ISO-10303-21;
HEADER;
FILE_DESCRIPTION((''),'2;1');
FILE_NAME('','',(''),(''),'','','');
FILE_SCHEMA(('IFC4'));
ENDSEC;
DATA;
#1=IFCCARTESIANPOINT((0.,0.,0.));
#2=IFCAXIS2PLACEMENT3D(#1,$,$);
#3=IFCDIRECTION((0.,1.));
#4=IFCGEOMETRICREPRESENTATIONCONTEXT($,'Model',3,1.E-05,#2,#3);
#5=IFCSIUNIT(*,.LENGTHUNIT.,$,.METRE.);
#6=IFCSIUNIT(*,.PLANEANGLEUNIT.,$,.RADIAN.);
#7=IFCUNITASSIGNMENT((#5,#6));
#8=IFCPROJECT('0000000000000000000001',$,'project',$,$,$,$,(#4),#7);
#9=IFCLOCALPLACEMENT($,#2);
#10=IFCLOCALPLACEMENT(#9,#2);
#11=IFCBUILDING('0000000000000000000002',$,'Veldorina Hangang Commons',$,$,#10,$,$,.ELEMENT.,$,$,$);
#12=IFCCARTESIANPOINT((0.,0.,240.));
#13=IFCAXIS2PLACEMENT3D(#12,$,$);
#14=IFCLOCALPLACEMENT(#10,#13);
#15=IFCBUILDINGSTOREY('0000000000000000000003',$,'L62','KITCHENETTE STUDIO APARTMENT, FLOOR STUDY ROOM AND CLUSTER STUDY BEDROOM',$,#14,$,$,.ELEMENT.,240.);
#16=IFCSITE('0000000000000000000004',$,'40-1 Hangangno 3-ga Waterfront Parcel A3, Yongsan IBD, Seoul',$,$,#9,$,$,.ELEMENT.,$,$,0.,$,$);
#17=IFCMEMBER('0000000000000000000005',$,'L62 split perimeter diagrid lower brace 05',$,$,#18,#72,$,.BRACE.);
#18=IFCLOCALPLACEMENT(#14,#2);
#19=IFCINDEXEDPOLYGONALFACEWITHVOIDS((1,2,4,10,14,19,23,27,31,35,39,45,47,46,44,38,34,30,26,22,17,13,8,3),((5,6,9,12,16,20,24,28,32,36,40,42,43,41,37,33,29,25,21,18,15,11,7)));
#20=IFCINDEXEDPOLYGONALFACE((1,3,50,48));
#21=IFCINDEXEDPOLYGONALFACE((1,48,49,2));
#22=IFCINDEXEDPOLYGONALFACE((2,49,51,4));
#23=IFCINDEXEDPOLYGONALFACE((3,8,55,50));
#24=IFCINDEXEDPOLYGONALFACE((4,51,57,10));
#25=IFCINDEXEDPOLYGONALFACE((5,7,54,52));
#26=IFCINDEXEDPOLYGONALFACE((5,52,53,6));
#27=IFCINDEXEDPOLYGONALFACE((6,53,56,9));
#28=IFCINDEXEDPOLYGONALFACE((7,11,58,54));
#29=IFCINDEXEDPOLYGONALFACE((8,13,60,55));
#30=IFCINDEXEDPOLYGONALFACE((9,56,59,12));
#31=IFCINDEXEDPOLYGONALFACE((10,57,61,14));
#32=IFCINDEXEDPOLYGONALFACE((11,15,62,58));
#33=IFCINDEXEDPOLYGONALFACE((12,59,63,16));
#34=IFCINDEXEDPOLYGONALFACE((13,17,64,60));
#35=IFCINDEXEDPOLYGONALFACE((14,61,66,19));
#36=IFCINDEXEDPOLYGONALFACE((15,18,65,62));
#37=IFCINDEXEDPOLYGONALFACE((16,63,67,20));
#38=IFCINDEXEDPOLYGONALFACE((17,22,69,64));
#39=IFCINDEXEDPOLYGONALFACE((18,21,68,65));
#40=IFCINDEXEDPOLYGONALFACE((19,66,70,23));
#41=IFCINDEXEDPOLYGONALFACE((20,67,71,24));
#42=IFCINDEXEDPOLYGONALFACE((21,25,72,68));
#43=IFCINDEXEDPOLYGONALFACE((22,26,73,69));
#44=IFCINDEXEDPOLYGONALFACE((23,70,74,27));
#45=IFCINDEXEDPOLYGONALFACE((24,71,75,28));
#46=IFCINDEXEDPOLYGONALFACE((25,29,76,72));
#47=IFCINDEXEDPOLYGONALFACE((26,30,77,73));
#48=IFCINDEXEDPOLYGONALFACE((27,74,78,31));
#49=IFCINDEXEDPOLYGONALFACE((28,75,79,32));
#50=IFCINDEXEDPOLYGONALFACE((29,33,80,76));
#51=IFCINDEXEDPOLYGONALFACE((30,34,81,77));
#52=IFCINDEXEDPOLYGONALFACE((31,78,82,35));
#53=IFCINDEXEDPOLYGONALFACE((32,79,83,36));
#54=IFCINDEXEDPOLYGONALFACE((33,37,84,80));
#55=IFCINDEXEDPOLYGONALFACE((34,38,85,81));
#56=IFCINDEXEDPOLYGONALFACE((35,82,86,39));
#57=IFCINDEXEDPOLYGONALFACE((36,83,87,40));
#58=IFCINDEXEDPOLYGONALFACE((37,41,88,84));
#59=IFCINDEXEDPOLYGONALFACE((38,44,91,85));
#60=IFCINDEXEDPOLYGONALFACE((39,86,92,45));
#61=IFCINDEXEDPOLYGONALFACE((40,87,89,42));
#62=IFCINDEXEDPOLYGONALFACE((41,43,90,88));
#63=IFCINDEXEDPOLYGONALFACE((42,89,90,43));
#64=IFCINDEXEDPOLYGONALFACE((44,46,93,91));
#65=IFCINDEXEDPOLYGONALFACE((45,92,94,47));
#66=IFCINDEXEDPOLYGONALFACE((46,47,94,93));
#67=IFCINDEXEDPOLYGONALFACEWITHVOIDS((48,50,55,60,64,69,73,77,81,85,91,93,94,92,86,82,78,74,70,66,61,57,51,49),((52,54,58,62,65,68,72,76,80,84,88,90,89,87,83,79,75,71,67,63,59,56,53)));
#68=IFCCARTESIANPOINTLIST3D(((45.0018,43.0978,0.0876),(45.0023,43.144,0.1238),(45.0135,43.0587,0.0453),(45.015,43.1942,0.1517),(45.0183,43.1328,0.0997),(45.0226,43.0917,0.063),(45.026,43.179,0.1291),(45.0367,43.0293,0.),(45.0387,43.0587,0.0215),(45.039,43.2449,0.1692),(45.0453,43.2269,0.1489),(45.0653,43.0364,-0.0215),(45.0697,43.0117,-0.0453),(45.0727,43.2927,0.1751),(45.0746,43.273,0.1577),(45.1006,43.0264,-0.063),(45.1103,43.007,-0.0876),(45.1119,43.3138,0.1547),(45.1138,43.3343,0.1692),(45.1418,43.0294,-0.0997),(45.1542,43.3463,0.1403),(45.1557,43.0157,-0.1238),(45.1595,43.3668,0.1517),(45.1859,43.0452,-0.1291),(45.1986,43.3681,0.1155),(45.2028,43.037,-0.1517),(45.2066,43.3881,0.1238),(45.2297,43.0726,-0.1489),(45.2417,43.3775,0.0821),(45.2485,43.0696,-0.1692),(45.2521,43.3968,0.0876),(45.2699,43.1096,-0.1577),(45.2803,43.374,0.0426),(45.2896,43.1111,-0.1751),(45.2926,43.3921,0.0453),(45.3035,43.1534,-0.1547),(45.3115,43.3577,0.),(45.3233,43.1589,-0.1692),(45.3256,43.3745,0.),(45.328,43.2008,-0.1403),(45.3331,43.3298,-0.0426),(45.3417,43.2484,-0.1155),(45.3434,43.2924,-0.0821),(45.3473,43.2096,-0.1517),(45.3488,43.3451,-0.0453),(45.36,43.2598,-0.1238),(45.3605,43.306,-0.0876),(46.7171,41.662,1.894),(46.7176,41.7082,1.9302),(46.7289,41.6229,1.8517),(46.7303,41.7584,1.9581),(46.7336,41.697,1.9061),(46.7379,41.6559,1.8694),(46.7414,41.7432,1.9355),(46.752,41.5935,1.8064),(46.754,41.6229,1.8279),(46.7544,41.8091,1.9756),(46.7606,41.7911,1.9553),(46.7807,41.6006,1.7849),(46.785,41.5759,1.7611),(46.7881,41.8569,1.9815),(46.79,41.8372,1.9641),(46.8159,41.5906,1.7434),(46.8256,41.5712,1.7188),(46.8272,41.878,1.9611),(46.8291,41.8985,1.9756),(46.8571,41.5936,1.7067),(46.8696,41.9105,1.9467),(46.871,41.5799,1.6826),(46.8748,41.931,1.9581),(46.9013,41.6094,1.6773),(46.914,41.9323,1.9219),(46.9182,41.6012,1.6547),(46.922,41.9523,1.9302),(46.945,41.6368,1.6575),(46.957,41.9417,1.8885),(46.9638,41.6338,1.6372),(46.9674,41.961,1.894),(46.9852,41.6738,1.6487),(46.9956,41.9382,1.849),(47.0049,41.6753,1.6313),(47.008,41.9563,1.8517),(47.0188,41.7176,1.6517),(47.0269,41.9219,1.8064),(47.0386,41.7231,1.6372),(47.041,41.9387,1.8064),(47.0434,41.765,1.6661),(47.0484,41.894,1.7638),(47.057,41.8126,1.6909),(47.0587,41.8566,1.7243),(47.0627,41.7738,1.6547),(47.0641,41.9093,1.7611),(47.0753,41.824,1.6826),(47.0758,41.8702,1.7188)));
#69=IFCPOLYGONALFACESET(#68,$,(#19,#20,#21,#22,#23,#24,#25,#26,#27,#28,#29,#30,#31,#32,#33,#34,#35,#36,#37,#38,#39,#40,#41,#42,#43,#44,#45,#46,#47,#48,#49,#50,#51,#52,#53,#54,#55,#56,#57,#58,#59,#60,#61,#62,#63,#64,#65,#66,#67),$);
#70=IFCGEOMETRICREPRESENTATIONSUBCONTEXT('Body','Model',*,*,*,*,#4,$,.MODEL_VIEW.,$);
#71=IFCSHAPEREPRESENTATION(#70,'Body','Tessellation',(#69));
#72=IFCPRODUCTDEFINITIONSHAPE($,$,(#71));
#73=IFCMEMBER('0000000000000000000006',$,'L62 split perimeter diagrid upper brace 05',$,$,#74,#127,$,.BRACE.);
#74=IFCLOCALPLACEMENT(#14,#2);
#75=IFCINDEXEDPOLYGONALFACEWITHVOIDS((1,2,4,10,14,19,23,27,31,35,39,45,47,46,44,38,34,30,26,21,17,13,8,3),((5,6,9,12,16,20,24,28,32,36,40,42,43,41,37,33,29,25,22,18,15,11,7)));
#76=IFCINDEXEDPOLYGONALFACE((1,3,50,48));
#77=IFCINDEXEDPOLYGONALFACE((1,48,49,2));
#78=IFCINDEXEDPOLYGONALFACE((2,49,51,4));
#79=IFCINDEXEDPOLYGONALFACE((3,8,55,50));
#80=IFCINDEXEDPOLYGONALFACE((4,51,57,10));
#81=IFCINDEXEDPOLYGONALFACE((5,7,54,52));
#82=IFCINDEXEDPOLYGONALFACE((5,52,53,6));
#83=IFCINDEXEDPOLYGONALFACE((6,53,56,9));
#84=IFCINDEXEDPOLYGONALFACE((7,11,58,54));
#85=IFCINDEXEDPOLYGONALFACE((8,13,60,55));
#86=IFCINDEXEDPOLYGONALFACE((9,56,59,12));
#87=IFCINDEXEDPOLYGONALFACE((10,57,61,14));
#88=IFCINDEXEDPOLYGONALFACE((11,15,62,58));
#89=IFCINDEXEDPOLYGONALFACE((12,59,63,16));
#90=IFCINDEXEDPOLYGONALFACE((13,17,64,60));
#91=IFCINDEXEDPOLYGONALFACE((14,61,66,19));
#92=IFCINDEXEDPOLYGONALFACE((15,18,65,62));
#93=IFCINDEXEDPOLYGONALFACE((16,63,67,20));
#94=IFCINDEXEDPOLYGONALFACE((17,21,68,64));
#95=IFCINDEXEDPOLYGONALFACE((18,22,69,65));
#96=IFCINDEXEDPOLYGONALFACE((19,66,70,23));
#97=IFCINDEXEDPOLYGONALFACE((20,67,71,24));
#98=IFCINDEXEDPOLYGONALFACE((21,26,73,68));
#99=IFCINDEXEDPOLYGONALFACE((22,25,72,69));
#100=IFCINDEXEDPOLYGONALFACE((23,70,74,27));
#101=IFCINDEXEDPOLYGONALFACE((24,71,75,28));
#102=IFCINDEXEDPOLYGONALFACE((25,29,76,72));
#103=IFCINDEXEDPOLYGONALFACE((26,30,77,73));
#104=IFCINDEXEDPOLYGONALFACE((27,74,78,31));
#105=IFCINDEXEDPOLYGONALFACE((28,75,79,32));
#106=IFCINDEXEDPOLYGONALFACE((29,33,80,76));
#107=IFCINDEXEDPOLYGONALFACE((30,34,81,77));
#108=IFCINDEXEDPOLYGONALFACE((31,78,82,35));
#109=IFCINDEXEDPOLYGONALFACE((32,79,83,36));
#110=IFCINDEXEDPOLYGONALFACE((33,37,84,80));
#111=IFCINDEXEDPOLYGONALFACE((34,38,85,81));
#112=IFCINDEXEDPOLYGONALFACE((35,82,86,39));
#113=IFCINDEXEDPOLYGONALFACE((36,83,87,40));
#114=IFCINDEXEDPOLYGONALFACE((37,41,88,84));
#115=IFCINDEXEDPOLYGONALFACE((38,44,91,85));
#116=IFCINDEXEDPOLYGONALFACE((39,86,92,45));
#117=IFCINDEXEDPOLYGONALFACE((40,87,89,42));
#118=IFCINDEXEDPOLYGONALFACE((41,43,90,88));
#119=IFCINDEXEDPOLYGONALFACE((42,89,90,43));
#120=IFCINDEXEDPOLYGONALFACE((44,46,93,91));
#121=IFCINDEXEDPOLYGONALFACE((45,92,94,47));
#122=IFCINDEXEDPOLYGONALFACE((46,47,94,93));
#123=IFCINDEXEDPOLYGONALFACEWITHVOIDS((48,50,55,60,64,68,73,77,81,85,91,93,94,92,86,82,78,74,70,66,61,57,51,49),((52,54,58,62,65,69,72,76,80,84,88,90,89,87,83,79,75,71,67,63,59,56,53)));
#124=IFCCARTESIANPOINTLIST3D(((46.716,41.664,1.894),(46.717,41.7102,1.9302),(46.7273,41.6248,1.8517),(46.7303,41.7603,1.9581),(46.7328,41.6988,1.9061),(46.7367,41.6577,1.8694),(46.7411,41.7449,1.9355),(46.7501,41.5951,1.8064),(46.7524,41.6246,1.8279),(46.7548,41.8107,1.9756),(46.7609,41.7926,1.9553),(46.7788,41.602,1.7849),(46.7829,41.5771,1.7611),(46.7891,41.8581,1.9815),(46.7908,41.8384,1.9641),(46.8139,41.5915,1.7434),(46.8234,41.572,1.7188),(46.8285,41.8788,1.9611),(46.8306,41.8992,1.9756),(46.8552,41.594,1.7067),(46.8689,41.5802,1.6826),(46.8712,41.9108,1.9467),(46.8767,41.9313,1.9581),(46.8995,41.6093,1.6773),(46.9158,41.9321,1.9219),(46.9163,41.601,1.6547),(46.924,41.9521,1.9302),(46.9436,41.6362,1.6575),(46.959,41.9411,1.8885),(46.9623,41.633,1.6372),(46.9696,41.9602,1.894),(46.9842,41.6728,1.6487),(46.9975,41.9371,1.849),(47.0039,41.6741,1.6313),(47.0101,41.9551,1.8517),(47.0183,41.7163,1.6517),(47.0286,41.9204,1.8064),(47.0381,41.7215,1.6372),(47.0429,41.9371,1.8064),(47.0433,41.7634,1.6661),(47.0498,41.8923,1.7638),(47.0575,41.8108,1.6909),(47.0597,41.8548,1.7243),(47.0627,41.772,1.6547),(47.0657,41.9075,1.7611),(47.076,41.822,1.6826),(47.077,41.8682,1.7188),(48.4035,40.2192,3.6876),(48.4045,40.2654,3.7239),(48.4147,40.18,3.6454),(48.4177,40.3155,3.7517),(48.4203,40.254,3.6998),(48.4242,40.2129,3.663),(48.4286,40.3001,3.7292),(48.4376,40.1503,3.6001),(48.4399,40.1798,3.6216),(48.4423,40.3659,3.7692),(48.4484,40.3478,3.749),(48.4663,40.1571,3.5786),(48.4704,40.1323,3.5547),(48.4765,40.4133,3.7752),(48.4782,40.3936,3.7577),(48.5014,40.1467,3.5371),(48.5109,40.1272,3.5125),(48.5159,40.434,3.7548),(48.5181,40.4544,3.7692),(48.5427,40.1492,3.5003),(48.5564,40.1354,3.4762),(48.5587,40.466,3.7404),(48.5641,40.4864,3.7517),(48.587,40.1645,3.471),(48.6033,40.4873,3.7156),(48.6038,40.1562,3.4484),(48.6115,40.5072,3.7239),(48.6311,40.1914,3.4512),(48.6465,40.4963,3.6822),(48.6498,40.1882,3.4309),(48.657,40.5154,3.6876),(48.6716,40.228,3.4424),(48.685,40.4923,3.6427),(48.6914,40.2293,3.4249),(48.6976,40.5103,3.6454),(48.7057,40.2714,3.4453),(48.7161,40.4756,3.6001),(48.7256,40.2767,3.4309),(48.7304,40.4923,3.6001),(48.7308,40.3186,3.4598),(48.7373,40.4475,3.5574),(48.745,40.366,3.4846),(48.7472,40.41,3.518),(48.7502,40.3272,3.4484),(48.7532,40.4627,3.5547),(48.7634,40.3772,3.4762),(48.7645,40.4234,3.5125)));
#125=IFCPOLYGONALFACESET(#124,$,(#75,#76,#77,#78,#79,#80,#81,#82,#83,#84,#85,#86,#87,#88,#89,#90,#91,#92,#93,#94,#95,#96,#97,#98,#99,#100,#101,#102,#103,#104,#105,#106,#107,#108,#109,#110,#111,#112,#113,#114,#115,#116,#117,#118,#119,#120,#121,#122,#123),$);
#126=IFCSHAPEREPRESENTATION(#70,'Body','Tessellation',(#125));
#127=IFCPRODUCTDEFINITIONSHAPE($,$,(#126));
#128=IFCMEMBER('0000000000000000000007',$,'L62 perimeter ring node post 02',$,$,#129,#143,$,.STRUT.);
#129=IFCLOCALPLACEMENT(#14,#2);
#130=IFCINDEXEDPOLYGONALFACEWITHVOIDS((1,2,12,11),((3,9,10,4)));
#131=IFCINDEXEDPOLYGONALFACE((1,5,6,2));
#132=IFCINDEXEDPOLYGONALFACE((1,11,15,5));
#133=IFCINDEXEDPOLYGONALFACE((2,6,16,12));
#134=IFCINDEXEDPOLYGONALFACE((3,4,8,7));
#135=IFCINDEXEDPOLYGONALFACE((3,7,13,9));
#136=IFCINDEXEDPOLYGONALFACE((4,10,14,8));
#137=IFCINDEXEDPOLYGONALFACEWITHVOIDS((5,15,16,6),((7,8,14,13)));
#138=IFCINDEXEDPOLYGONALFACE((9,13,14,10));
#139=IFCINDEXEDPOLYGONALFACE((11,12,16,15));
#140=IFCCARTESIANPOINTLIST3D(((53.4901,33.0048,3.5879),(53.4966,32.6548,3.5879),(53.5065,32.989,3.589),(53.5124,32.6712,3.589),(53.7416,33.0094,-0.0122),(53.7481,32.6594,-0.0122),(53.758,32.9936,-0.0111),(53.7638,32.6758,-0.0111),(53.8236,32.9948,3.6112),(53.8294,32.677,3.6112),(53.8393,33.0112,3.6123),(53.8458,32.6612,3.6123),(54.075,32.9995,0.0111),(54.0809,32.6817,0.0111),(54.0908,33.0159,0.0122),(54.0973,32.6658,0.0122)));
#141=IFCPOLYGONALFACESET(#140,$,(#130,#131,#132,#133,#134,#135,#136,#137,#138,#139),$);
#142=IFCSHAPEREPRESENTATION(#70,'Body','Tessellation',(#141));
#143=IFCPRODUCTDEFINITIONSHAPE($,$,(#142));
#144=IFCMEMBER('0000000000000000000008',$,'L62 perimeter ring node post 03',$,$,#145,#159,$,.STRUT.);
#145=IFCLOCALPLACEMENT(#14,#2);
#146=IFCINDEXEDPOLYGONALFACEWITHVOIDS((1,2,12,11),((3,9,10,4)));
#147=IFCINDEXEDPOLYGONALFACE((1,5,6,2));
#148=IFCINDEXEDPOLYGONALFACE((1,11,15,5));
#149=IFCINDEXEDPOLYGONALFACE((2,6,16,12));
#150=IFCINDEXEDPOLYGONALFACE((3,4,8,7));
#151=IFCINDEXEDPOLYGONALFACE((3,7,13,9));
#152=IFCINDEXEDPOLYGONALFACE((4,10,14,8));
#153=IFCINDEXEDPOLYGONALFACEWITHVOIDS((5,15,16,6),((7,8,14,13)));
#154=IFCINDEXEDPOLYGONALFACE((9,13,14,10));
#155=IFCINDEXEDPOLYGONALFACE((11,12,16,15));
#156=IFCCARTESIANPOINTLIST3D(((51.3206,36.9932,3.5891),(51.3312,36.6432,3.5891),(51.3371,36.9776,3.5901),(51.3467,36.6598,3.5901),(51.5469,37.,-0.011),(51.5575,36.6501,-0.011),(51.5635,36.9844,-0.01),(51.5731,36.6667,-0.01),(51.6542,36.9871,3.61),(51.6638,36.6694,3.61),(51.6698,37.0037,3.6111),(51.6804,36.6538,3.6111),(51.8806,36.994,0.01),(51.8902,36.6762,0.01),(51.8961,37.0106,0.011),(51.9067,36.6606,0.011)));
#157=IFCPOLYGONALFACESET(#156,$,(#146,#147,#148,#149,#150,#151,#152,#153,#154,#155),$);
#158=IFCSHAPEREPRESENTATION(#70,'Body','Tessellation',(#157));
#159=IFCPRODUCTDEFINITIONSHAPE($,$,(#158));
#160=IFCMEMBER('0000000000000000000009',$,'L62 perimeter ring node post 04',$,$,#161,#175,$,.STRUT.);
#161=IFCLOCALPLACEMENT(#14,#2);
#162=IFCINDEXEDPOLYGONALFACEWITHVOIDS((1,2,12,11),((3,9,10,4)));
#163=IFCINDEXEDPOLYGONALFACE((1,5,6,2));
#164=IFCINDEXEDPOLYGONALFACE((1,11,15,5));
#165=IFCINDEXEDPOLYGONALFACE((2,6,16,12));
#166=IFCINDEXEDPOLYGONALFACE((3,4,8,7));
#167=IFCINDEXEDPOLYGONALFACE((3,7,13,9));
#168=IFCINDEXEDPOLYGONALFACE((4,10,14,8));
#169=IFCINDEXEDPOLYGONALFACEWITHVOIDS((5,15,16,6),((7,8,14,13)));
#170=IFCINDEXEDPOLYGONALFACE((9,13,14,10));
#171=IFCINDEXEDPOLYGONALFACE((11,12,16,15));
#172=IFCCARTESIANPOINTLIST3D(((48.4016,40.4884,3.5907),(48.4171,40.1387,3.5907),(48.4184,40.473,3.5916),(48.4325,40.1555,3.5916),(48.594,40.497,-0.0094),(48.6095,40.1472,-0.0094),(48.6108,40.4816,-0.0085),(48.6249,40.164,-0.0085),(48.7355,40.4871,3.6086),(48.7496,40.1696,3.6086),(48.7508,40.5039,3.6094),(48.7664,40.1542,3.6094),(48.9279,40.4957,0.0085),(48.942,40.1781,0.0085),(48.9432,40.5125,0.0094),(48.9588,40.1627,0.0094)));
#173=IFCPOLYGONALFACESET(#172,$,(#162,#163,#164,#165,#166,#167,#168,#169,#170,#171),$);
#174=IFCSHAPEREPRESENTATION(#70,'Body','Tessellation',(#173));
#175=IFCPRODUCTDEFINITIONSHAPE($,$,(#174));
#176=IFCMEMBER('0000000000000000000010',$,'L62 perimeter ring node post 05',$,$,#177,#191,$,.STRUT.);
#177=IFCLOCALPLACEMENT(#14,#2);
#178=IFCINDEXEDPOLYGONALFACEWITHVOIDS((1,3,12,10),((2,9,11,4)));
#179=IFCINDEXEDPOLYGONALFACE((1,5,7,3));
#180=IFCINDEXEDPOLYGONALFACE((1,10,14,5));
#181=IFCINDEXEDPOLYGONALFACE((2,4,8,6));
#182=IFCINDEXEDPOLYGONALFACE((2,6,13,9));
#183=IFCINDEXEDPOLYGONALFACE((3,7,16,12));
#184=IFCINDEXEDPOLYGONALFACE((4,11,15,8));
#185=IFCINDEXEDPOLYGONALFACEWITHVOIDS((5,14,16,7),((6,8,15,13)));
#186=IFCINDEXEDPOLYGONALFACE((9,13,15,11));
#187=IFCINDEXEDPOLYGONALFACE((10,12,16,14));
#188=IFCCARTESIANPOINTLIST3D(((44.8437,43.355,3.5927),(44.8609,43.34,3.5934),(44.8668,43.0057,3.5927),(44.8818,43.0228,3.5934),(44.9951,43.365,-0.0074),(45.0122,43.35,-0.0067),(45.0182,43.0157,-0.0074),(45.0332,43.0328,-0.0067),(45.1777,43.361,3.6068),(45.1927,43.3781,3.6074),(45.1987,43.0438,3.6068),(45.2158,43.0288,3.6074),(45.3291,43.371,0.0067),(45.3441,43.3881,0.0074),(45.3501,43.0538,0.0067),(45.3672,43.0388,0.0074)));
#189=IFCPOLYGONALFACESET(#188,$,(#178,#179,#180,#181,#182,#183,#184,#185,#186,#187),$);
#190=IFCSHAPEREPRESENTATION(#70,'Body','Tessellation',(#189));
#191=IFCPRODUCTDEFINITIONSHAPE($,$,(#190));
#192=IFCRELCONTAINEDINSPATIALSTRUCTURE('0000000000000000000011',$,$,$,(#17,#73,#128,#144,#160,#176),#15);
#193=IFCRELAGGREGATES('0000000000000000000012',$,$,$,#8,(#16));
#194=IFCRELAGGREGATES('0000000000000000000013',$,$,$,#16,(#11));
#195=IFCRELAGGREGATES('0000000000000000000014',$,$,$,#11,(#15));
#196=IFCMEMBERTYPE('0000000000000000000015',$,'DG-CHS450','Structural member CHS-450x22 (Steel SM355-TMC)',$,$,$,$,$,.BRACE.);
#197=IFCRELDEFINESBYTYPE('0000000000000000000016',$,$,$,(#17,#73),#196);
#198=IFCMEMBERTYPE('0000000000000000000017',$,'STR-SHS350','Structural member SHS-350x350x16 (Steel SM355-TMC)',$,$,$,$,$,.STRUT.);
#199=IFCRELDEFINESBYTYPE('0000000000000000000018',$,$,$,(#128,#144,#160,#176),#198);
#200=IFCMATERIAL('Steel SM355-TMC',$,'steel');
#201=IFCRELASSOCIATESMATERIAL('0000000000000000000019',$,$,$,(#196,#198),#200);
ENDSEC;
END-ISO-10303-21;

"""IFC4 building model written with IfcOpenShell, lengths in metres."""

from ifc_helpers import new_model, si_unit, direction, frame, origin, origin_2d, place, context, subcontext, project, spatial, hollow_rectangle, hollow_circle, extrude, material, material_profile, profile_set, type_object, element, save


model = new_model("IFC4")

# Units and contexts
model_context = context("Model", 3, precision=1e-05, world=origin(), true_north=direction((0.0, 1.0)))
body_context = subcontext(model_context, "Body", "Model", "MODEL_VIEW")
ifc_project = project(units=[si_unit("LENGTHUNIT", "METRE"), si_unit("PLANEANGLEUNIT", "RADIAN")], contexts=[model_context])

# Site, building, storey
site_placement = place(None, origin())
site = spatial("IfcSite", under=ifc_project, at=site_placement, Name="40-1 Hangangno 3-ga Waterfront Parcel A3, Yongsan IBD, Seoul", CompositionType="ELEMENT", RefElevation=0.0)
building_placement = place(site_placement, origin())
building = spatial("IfcBuilding", under=site, at=building_placement, Name="Veldorina Hangang Commons", CompositionType="ELEMENT")
storey_placement = place(building_placement, frame((0.0, 0.0, 240.0)))
storey = spatial("IfcBuildingStorey", under=building, at=storey_placement, Name="L62", Description="KITCHENETTE STUDIO APARTMENT, FLOOR STUDY ROOM AND CLUSTER STUDY BEDROOM", CompositionType="ELEMENT", Elevation=240.0)

# Shared definitions
ifc_material_1 = material(Name="Steel SM355-TMC", Category="steel")

# Members
ifc_material_profile_1 = material_profile(ifc_material_1, hollow_circle(Radius=0.2251, WallThickness=0.022, at=origin_2d()), Name="CHS-450x22")
ifc_profile_set_1 = profile_set([ifc_material_profile_1], Name="Steel SM355-TMC")
member_type_1 = type_object("IfcMemberType", Name="DG-CHS450", Description="Structural member CHS-450x22 (Steel SM355-TMC)", PredefinedType="BRACE", material=ifc_profile_set_1)
member_1_placement = place(storey_placement, frame((45.1812, 43.2019, 0.0), z_axis=(0.59659, -0.499366, 0.628262), x_axis=(0.641858, 0.766824, 0.0)))
element("IfcMember", 1, at=member_1_placement, inside=storey, type_object=member_type_1, Name="L62 split perimeter diagrid lower brace 05", PredefinedType="BRACE", context=body_context, shape_type="SweptSolid", body=[
    extrude(hollow_circle(Radius=0.2251, WallThickness=0.022, at=origin_2d()), origin(), (0.0, 0.0, 1.0), 2.8752),
])
member_2_placement = place(storey_placement, frame((46.8965, 41.7661, 1.8064), z_axis=(0.591013, -0.506021, 0.628208), x_axis=(0.650375, 0.759613, 0.0)))
element("IfcMember", 2, at=member_2_placement, inside=storey, type_object=member_type_1, Name="L62 split perimeter diagrid upper brace 05", PredefinedType="BRACE", context=body_context, shape_type="SweptSolid", body=[
    extrude(hollow_circle(Radius=0.2251, WallThickness=0.022, at=origin_2d()), origin(), (0.0, 0.0, 1.0), 2.8552),
])
ifc_material_profile_2 = material_profile(ifc_material_1, hollow_rectangle(XDim=0.3501, YDim=0.3501, WallThickness=0.0161, at=origin_2d()), Name="SHS-350x350x16")
ifc_profile_set_2 = profile_set([ifc_material_profile_2], Name="Steel SM355-TMC")
member_type_2 = type_object("IfcMemberType", Name="STR-SHS350", Description="Structural member SHS-350x350x16 (Steel SM355-TMC)", PredefinedType="STRUT", material=ifc_profile_set_2)
member_3_placement = place(storey_placement, frame((53.9194, 32.8376, 0.0), z_axis=(-0.06968, -0.001285, 0.997569), x_axis=(0.018443, -0.99983, 0.0)))
element("IfcMember", 3, at=member_3_placement, inside=storey, type_object=member_type_2, Name="L62 perimeter ring node post 02", PredefinedType="STRUT", context=body_context, shape_type="SweptSolid", body=[
    extrude(hollow_rectangle(XDim=0.3501, YDim=0.3501, WallThickness=0.0161, at=origin_2d()), origin(), (0.0, 0.0, 1.0), 3.6089),
])
member_4_placement = place(storey_placement, frame((51.7268, 36.8303, 0.0), z_axis=(-0.062741, -0.001895, 0.998028), x_axis=(0.030191, -0.999544, 0.0)))
element("IfcMember", 4, at=member_4_placement, inside=storey, type_object=member_type_2, Name="L62 perimeter ring node post 03", PredefinedType="STRUT", context=body_context, shape_type="SweptSolid", body=[
    extrude(hollow_rectangle(XDim=0.3501, YDim=0.3501, WallThickness=0.0161, at=origin_2d()), origin(), (0.0, 0.0, 1.0), 3.6072),
])
member_5_placement = place(storey_placement, frame((48.7764, 40.3298, 0.0), z_axis=(-0.053362, -0.00237, 0.998572), x_axis=(0.044372, -0.999015, 0.0)))
element("IfcMember", 5, at=member_5_placement, inside=storey, type_object=member_type_2, Name="L62 perimeter ring node post 04", PredefinedType="STRUT", context=body_context, shape_type="SweptSolid", body=[
    extrude(hollow_rectangle(XDim=0.3501, YDim=0.3501, WallThickness=0.0161, at=origin_2d()), origin(), (0.0, 0.0, 1.0), 3.6052),
])
member_6_placement = place(storey_placement, frame((45.1812, 43.2019, 0.0), z_axis=(-0.042008, -0.002778, 0.999113), x_axis=(0.065985, -0.997821, 0.0)))
element("IfcMember", 6, at=member_6_placement, inside=storey, type_object=member_type_2, Name="L62 perimeter ring node post 05", PredefinedType="STRUT", context=body_context, shape_type="SweptSolid", body=[
    extrude(hollow_rectangle(XDim=0.3501, YDim=0.3501, WallThickness=0.0161, at=origin_2d()), origin(), (0.0, 0.0, 1.0), 3.6033),
])

save(model, "model.ifc")
